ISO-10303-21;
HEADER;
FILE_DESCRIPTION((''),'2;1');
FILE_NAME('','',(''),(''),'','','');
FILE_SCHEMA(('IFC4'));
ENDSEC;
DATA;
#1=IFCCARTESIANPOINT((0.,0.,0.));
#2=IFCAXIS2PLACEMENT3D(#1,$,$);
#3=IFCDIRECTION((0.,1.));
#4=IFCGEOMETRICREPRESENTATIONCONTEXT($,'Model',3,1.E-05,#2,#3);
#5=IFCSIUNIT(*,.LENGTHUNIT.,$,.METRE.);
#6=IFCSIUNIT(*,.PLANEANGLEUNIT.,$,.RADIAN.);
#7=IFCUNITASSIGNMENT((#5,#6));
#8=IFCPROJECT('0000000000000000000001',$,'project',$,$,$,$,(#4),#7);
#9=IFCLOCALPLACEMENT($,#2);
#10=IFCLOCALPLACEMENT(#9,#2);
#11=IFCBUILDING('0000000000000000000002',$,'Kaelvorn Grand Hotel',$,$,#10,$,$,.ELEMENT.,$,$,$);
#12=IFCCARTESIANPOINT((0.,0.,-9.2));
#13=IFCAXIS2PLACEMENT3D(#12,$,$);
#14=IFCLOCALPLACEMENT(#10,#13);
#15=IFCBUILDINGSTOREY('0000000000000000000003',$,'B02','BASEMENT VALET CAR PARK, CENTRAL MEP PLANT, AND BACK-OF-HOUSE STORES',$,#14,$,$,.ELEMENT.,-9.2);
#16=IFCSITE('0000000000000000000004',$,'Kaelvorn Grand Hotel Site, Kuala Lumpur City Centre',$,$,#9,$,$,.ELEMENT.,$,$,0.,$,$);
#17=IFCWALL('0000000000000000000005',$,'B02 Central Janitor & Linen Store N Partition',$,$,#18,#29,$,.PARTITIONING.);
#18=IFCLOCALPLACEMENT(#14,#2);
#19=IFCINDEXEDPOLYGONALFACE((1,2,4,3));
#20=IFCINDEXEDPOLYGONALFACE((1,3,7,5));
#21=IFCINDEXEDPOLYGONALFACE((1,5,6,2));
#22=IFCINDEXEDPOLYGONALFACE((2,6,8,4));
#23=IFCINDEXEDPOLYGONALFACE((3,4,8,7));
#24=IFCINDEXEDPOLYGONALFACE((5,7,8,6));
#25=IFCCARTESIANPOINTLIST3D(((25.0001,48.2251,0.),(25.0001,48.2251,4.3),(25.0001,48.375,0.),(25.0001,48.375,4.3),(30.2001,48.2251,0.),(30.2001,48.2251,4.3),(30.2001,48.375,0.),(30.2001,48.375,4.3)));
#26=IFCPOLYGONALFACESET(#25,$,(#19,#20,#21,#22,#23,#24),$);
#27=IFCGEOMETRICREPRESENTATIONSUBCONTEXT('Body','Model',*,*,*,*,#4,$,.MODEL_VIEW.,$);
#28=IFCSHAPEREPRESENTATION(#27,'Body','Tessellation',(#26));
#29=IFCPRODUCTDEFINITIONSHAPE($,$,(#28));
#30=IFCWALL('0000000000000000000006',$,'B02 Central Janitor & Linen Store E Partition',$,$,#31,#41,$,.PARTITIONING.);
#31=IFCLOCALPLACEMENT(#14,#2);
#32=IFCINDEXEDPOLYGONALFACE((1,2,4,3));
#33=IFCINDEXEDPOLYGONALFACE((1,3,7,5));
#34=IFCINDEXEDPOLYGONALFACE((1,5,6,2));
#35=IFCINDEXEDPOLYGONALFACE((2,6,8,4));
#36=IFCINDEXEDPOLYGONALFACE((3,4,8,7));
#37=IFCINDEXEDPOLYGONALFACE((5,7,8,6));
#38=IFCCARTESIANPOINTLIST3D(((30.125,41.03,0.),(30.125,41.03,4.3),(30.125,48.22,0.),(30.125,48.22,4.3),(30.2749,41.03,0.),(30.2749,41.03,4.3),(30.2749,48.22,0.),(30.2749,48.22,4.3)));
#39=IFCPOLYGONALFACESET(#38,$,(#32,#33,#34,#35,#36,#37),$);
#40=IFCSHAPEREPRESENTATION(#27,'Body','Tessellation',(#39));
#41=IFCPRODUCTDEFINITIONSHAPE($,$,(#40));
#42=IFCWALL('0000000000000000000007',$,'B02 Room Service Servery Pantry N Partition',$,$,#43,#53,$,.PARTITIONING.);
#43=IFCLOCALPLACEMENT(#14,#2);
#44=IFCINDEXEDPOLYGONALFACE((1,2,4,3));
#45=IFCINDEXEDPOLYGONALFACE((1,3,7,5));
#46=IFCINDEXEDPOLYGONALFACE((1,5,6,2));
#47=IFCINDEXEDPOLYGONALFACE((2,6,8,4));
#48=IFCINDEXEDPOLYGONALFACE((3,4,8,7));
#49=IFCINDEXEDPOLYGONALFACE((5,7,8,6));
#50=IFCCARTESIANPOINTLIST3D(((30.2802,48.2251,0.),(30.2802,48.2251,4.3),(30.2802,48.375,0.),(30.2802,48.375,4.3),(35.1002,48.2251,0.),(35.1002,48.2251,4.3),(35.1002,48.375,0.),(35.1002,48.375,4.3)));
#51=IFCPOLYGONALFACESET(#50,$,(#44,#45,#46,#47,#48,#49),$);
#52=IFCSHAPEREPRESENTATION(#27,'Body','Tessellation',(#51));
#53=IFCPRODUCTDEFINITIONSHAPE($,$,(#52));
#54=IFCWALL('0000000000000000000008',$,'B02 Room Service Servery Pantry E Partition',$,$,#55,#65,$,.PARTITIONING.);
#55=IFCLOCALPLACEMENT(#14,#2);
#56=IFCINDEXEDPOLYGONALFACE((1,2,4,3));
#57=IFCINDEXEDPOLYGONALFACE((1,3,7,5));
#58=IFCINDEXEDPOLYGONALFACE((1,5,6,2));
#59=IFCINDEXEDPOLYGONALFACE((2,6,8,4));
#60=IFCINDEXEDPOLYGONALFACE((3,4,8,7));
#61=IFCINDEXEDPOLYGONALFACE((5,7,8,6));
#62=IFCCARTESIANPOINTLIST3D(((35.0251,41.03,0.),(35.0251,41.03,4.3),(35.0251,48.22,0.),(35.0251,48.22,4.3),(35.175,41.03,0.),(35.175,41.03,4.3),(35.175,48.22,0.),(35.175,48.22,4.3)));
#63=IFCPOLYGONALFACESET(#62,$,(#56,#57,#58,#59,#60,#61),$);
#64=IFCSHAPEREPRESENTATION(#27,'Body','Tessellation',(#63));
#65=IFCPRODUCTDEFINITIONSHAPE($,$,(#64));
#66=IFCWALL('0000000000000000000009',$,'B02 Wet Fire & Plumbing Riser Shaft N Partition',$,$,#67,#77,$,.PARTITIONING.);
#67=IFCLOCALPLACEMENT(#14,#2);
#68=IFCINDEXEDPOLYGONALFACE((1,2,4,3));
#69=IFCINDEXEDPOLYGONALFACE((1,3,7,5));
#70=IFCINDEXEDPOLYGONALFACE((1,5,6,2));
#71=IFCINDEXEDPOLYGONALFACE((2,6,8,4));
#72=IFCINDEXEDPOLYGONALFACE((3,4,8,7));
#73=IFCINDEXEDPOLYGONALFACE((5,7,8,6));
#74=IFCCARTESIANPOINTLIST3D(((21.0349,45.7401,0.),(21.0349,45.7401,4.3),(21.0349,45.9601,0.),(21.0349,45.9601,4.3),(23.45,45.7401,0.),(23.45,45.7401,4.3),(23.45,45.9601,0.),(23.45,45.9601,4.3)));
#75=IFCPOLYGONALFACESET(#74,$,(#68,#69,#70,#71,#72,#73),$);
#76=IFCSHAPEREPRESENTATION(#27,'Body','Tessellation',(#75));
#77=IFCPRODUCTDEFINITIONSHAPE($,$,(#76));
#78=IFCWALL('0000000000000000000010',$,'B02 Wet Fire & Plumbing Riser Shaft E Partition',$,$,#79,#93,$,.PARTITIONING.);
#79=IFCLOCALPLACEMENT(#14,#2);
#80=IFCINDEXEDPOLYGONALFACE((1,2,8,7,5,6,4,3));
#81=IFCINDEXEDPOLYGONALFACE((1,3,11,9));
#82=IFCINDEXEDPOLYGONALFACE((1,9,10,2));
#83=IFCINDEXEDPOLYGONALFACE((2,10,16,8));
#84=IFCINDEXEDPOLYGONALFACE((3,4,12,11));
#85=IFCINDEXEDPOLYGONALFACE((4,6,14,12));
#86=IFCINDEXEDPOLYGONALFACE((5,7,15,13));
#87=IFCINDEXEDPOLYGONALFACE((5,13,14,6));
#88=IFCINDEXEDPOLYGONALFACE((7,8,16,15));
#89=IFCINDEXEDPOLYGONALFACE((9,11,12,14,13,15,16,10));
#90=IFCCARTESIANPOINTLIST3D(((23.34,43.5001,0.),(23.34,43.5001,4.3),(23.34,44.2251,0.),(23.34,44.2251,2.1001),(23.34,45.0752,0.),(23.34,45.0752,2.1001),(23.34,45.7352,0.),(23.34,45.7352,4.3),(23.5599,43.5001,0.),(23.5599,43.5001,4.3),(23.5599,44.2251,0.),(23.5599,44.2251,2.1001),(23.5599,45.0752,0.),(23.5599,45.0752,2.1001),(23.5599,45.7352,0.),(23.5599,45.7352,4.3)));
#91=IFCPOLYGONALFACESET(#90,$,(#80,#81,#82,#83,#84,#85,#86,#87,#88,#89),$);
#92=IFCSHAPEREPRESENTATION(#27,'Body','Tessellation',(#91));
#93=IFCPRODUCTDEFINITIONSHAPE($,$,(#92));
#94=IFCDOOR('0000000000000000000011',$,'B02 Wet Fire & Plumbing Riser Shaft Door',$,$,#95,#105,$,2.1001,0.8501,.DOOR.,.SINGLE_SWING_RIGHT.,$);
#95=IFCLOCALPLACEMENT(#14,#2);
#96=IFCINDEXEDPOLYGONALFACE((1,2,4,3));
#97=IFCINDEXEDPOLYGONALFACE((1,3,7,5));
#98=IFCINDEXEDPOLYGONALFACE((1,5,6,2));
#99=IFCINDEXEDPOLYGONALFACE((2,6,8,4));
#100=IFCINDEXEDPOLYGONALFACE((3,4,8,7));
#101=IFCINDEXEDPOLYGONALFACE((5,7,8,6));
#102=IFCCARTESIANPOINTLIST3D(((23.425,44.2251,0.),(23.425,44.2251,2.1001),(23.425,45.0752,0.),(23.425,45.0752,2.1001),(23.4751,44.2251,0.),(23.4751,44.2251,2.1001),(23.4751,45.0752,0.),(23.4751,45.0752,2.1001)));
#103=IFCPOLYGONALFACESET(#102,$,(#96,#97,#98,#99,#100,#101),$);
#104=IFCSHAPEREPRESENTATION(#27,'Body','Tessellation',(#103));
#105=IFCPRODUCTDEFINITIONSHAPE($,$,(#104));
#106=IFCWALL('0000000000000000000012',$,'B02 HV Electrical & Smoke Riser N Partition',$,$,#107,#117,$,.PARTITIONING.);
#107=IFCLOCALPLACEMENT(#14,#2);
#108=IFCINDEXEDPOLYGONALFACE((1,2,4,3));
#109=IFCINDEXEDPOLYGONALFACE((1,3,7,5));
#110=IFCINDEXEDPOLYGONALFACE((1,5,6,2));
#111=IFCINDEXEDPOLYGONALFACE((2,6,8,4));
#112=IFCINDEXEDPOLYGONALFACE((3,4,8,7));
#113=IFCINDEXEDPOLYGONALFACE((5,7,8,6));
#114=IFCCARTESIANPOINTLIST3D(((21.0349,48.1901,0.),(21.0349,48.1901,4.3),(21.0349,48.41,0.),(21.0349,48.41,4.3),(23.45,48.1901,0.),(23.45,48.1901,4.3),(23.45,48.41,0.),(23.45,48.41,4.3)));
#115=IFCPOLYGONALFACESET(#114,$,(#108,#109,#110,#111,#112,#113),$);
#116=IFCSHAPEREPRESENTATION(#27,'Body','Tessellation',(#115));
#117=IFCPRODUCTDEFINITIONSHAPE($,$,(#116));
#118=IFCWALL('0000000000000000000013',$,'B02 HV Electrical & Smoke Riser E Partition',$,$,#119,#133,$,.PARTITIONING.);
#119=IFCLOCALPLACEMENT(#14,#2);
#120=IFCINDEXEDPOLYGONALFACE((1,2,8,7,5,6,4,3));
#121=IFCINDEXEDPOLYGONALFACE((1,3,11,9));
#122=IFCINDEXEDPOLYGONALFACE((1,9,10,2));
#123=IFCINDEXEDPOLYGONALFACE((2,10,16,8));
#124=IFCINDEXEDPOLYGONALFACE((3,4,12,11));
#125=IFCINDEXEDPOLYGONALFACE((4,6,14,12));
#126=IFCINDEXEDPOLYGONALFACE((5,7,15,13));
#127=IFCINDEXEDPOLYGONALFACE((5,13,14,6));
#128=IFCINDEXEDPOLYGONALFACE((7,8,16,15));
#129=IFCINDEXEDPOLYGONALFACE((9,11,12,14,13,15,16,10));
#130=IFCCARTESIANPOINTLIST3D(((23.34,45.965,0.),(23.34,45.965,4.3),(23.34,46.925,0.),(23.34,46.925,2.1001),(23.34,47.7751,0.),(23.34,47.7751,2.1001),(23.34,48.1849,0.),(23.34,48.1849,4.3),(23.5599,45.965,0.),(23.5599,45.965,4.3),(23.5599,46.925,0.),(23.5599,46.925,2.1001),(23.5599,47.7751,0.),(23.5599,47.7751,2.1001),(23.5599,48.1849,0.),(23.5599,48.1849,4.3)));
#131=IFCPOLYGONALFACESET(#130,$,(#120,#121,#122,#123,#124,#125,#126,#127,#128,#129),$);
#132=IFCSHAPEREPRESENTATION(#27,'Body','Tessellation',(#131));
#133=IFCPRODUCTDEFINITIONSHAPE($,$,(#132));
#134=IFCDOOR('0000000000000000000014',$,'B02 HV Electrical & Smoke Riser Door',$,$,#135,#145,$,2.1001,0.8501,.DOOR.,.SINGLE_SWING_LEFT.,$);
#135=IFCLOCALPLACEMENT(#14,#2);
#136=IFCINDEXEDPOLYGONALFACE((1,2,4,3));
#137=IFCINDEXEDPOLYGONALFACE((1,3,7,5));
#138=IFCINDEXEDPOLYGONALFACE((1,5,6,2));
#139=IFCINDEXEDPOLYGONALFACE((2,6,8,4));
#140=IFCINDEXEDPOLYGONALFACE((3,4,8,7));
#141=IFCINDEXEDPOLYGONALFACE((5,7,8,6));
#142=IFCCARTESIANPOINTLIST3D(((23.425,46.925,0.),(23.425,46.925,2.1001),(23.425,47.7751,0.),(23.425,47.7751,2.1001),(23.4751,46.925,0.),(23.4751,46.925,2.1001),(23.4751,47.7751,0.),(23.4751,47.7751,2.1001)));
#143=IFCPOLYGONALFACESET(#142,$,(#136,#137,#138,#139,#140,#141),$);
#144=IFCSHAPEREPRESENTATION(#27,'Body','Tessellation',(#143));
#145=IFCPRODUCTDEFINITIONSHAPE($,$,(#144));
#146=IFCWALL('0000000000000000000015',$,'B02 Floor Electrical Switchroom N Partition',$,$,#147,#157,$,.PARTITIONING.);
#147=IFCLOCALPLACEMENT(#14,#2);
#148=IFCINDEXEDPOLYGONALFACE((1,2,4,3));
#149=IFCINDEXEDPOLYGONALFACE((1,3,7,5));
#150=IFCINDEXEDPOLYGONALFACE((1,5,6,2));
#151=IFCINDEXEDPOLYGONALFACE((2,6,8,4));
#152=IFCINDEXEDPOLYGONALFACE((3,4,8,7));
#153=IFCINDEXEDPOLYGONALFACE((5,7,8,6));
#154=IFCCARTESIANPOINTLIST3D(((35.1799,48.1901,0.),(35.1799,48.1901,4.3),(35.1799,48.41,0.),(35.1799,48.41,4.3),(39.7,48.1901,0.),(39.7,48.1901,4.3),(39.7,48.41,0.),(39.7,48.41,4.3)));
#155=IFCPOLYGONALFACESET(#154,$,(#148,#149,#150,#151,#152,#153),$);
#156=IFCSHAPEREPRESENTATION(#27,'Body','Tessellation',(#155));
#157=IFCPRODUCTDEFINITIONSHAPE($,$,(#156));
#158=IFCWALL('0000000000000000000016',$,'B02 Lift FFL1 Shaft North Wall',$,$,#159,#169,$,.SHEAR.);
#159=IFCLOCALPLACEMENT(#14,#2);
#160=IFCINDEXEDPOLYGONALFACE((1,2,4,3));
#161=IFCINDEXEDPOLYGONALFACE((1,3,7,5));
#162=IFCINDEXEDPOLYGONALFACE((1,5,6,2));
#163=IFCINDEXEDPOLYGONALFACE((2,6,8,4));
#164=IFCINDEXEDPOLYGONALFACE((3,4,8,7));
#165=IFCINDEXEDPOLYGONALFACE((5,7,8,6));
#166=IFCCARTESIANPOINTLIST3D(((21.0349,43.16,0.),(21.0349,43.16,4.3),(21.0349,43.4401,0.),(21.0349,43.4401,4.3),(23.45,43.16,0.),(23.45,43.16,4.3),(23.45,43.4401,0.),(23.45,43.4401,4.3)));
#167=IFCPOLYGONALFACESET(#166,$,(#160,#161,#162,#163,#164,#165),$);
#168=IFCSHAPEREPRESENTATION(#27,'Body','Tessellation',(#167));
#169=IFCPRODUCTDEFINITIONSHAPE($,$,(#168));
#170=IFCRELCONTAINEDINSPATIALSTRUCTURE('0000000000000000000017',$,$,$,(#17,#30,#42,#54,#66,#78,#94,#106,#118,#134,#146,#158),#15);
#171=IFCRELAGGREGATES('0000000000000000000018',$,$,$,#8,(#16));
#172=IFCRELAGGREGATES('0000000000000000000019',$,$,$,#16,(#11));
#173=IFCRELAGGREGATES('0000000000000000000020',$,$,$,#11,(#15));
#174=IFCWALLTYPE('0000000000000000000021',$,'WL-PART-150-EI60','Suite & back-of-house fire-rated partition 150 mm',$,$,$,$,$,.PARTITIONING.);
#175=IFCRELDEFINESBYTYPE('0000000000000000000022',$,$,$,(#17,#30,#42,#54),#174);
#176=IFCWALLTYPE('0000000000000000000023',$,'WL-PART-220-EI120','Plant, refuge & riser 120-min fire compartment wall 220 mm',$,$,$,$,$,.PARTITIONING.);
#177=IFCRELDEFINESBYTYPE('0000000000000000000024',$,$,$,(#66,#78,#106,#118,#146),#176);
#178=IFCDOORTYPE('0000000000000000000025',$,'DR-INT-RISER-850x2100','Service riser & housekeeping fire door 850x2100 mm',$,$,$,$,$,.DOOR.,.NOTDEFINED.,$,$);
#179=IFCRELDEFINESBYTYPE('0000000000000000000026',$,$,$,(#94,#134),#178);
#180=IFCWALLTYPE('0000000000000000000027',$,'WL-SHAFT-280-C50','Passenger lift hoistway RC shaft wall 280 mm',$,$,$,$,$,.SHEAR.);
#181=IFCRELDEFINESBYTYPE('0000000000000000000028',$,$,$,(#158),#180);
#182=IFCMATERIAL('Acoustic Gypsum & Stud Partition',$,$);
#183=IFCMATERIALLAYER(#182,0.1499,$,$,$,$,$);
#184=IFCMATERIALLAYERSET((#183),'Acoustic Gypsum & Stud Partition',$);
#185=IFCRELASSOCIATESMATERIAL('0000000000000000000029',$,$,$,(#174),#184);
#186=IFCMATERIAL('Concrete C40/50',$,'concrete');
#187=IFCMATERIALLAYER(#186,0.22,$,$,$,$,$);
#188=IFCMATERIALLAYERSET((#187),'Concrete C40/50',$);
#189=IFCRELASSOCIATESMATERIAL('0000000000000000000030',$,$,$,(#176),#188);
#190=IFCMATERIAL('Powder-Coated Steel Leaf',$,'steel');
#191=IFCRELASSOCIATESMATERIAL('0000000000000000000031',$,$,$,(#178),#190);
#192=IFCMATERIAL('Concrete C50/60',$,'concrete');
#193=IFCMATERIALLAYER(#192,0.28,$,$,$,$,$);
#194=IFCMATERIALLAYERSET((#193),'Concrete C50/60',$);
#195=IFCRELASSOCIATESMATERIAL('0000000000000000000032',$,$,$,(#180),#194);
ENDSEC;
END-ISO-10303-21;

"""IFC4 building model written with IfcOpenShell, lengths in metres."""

from ifc_helpers import new_model, si_unit, direction, frame, frame_2d, origin, place, context, subcontext, project, spatial, rectangle, extrude, material, layer, layer_set, type_object, element, fill, save


model = new_model("IFC4")

# Units and contexts
model_context = context("Model", 3, precision=1e-05, world=origin(), true_north=direction((0.0, 1.0)))
body_context = subcontext(model_context, "Body", "Model", "MODEL_VIEW")
ifc_project = project(units=[si_unit("LENGTHUNIT", "METRE"), si_unit("PLANEANGLEUNIT", "RADIAN")], contexts=[model_context])

# Site, building, storey
site_placement = place(None, origin())
site = spatial("IfcSite", under=ifc_project, at=site_placement, Name="Kaelvorn Grand Hotel Site, Kuala Lumpur City Centre", CompositionType="ELEMENT", RefElevation=0.0)
building_placement = place(site_placement, origin())
building = spatial("IfcBuilding", under=site, at=building_placement, Name="Kaelvorn Grand Hotel", CompositionType="ELEMENT")
storey_placement = place(building_placement, frame((0.0, 0.0, -9.2)))
storey = spatial("IfcBuildingStorey", under=building, at=storey_placement, Name="B02", Description="BASEMENT VALET CAR PARK, CENTRAL MEP PLANT, AND BACK-OF-HOUSE STORES", CompositionType="ELEMENT", Elevation=-9.2)

# Walls
ifc_material_1 = material(Name="Acoustic Gypsum & Stud Partition")
ifc_layer_1 = layer(ifc_material_1, 0.1499)
ifc_layer_set_1 = layer_set([ifc_layer_1], Name="Acoustic Gypsum & Stud Partition")
wall_type_1 = type_object("IfcWallType", Name="WL-PART-150-EI60", Description="Suite & back-of-house fire-rated partition 150 mm", PredefinedType="PARTITIONING", material=ifc_layer_set_1)
wall_1_placement = place(storey_placement, frame((25.0, 48.3, 0.0), z_axis=(0.0, 0.0, 1.0), x_axis=(1.0, 0.0, 0.0)))
element("IfcWall", 1, at=wall_1_placement, inside=storey, type_object=wall_type_1, Name="B02 Central Janitor & Linen Store N Partition", PredefinedType="PARTITIONING", context=body_context, shape_type="SweptSolid", body=[
    extrude(rectangle(XDim=5.2, YDim=0.1499, at=frame_2d((2.6001, 0.0))), origin(), (0.0, 0.0, 1.0), 4.3),
])
wall_2_placement = place(storey_placement, frame((30.2, 41.03, 0.0), z_axis=(0.0, 0.0, 1.0), x_axis=(0.0, 1.0, 0.0)))
element("IfcWall", 2, at=wall_2_placement, inside=storey, type_object=wall_type_1, Name="B02 Central Janitor & Linen Store E Partition", PredefinedType="PARTITIONING", context=body_context, shape_type="SweptSolid", body=[
    extrude(rectangle(XDim=7.1899, YDim=0.1499, at=frame_2d((3.595, 0.0))), origin(), (0.0, 0.0, 1.0), 4.3),
])
wall_3_placement = place(storey_placement, frame((30.28, 48.3, 0.0), z_axis=(0.0, 0.0, 1.0), x_axis=(1.0, 0.0, 0.0)))
element("IfcWall", 3, at=wall_3_placement, inside=storey, type_object=wall_type_1, Name="B02 Room Service Servery Pantry N Partition", PredefinedType="PARTITIONING", context=body_context, shape_type="SweptSolid", body=[
    extrude(rectangle(XDim=4.8201, YDim=0.1499, at=frame_2d((2.4102, 0.0))), origin(), (0.0, 0.0, 1.0), 4.3),
])
wall_4_placement = place(storey_placement, frame((35.1001, 41.03, 0.0), z_axis=(0.0, 0.0, 1.0), x_axis=(0.0, 1.0, 0.0)))
element("IfcWall", 4, at=wall_4_placement, inside=storey, type_object=wall_type_1, Name="B02 Room Service Servery Pantry E Partition", PredefinedType="PARTITIONING", context=body_context, shape_type="SweptSolid", body=[
    extrude(rectangle(XDim=7.1899, YDim=0.1499, at=frame_2d((3.595, 0.0))), origin(), (0.0, 0.0, 1.0), 4.3),
])
ifc_material_2 = material(Name="Concrete C40/50", Category="concrete")
ifc_layer_2 = layer(ifc_material_2, 0.22)
ifc_layer_set_2 = layer_set([ifc_layer_2], Name="Concrete C40/50")
wall_type_2 = type_object("IfcWallType", Name="WL-PART-220-EI120", Description="Plant, refuge & riser 120-min fire compartment wall 220 mm", PredefinedType="PARTITIONING", material=ifc_layer_set_2)
wall_5_placement = place(storey_placement, frame((21.0349, 45.8501, 0.0), z_axis=(0.0, 0.0, 1.0), x_axis=(1.0, 0.0, 0.0)))
element("IfcWall", 5, at=wall_5_placement, inside=storey, type_object=wall_type_2, Name="B02 Wet Fire & Plumbing Riser Shaft N Partition", PredefinedType="PARTITIONING", context=body_context, shape_type="SweptSolid", body=[
    extrude(rectangle(XDim=2.415, YDim=0.22, at=frame_2d((1.2075, 0.0))), origin(), (0.0, 0.0, 1.0), 4.3),
])

# Wall, opening, door
wall_6_placement = place(storey_placement, frame((23.45, 43.5, 0.0), z_axis=(0.0, 0.0, 1.0), x_axis=(0.0, 1.0, 0.0)))
wall_6 = element("IfcWall", 6, at=wall_6_placement, inside=storey, type_object=wall_type_2, Name="B02 Wet Fire & Plumbing Riser Shaft E Partition", PredefinedType="PARTITIONING", context=body_context, shape_type="SweptSolid", body=[
    extrude(rectangle(XDim=2.2351, YDim=0.22, at=frame_2d((1.1177, 0.0))), origin(), (0.0, 0.0, 1.0), 4.3),
])
opening_1_placement = place(wall_6_placement, frame((0.7251, 0.0, 0.0)))
opening_1 = element("IfcOpeningElement", 7, at=opening_1_placement, cuts=wall_6, PredefinedType="OPENING", context=body_context, shape_type="SweptSolid", body=[
    extrude(rectangle(XDim=0.8501, YDim=2.1001, at=frame_2d((0.425, 1.05))), frame((0.0, 0.1201, 0.0), z_axis=(0.0, -1.0, 0.0), x_axis=(1.0, 0.0, 0.0)), (0.0, 0.0, 1.0), 0.24),
])
ifc_material_3 = material(Name="Powder-Coated Steel Leaf", Category="steel")
door_type = type_object("IfcDoorType", Name="DR-INT-RISER-850x2100", Description="Service riser & housekeeping fire door 850x2100 mm", OperationType="NOTDEFINED", PredefinedType="DOOR", material=ifc_material_3)
door_1_placement = place(opening_1_placement, origin())
door_1 = element("IfcDoor", 8, at=door_1_placement, inside=storey, type_object=door_type, Name="B02 Wet Fire & Plumbing Riser Shaft Door", OperationType="SINGLE_SWING_RIGHT", OverallHeight=2.1001, OverallWidth=0.8501, PredefinedType="DOOR", context=body_context, shape_type="SweptSolid", body=[
    extrude(rectangle(XDim=0.8501, YDim=2.1001, at=frame_2d((0.425, 1.05))), frame((0.0, 0.0249, 0.0), z_axis=(0.0, -1.0, 0.0), x_axis=(1.0, 0.0, 0.0)), (0.0, 0.0, 1.0), 0.05),
])
fill(opening_1, door_1)

# Wall
wall_7_placement = place(storey_placement, frame((21.0349, 48.3, 0.0), z_axis=(0.0, 0.0, 1.0), x_axis=(1.0, 0.0, 0.0)))
element("IfcWall", 9, at=wall_7_placement, inside=storey, type_object=wall_type_2, Name="B02 HV Electrical & Smoke Riser N Partition", PredefinedType="PARTITIONING", context=body_context, shape_type="SweptSolid", body=[
    extrude(rectangle(XDim=2.415, YDim=0.22, at=frame_2d((1.2075, 0.0))), origin(), (0.0, 0.0, 1.0), 4.3),
])

# Wall, opening, door
wall_8_placement = place(storey_placement, frame((23.45, 45.9651, 0.0), z_axis=(0.0, 0.0, 1.0), x_axis=(0.0, 1.0, 0.0)))
wall_8 = element("IfcWall", 10, at=wall_8_placement, inside=storey, type_object=wall_type_2, Name="B02 HV Electrical & Smoke Riser E Partition", PredefinedType="PARTITIONING", context=body_context, shape_type="SweptSolid", body=[
    extrude(rectangle(XDim=2.22, YDim=0.22, at=frame_2d((1.1099, 0.0))), origin(), (0.0, 0.0, 1.0), 4.3),
])
opening_2_placement = place(wall_8_placement, frame((0.96, 0.0, 0.0)))
opening_2 = element("IfcOpeningElement", 11, at=opening_2_placement, cuts=wall_8, PredefinedType="OPENING", context=body_context, shape_type="SweptSolid", body=[
    extrude(rectangle(XDim=0.8501, YDim=2.1001, at=frame_2d((0.425, 1.05))), frame((0.0, 0.1201, 0.0), z_axis=(0.0, -1.0, 0.0), x_axis=(1.0, 0.0, 0.0)), (0.0, 0.0, 1.0), 0.24),
])
door_2_placement = place(opening_2_placement, origin())
door_2 = element("IfcDoor", 12, at=door_2_placement, inside=storey, type_object=door_type, Name="B02 HV Electrical & Smoke Riser Door", OperationType="SINGLE_SWING_LEFT", OverallHeight=2.1001, OverallWidth=0.8501, PredefinedType="DOOR", context=body_context, shape_type="SweptSolid", body=[
    extrude(rectangle(XDim=0.8501, YDim=2.1001, at=frame_2d((0.425, 1.05))), frame((0.0, 0.0249, 0.0), z_axis=(0.0, -1.0, 0.0), x_axis=(1.0, 0.0, 0.0)), (0.0, 0.0, 1.0), 0.05),
])
fill(opening_2, door_2)

# Walls
wall_9_placement = place(storey_placement, frame((35.1799, 48.3, 0.0), z_axis=(0.0, 0.0, 1.0), x_axis=(1.0, 0.0, 0.0)))
element("IfcWall", 13, at=wall_9_placement, inside=storey, type_object=wall_type_2, Name="B02 Floor Electrical Switchroom N Partition", PredefinedType="PARTITIONING", context=body_context, shape_type="SweptSolid", body=[
    extrude(rectangle(XDim=4.52, YDim=0.22, at=frame_2d((2.26, 0.0))), origin(), (0.0, 0.0, 1.0), 4.3),
])
ifc_material_4 = material(Name="Concrete C50/60", Category="concrete")
ifc_layer_3 = layer(ifc_material_4, 0.28)
ifc_layer_set_3 = layer_set([ifc_layer_3], Name="Concrete C50/60")
wall_type_3 = type_object("IfcWallType", Name="WL-SHAFT-280-C50", Description="Passenger lift hoistway RC shaft wall 280 mm", PredefinedType="SHEAR", material=ifc_layer_set_3)
wall_10_placement = place(storey_placement, frame((21.0349, 43.3, 0.0), z_axis=(0.0, 0.0, 1.0), x_axis=(1.0, 0.0, 0.0)))
element("IfcWall", 14, at=wall_10_placement, inside=storey, type_object=wall_type_3, Name="B02 Lift FFL1 Shaft North Wall", PredefinedType="SHEAR", context=body_context, shape_type="SweptSolid", body=[
    extrude(rectangle(XDim=2.415, YDim=0.28, at=frame_2d((1.2075, 0.0))), origin(), (0.0, 0.0, 1.0), 4.3),
])

save(model, "model.ifc")
